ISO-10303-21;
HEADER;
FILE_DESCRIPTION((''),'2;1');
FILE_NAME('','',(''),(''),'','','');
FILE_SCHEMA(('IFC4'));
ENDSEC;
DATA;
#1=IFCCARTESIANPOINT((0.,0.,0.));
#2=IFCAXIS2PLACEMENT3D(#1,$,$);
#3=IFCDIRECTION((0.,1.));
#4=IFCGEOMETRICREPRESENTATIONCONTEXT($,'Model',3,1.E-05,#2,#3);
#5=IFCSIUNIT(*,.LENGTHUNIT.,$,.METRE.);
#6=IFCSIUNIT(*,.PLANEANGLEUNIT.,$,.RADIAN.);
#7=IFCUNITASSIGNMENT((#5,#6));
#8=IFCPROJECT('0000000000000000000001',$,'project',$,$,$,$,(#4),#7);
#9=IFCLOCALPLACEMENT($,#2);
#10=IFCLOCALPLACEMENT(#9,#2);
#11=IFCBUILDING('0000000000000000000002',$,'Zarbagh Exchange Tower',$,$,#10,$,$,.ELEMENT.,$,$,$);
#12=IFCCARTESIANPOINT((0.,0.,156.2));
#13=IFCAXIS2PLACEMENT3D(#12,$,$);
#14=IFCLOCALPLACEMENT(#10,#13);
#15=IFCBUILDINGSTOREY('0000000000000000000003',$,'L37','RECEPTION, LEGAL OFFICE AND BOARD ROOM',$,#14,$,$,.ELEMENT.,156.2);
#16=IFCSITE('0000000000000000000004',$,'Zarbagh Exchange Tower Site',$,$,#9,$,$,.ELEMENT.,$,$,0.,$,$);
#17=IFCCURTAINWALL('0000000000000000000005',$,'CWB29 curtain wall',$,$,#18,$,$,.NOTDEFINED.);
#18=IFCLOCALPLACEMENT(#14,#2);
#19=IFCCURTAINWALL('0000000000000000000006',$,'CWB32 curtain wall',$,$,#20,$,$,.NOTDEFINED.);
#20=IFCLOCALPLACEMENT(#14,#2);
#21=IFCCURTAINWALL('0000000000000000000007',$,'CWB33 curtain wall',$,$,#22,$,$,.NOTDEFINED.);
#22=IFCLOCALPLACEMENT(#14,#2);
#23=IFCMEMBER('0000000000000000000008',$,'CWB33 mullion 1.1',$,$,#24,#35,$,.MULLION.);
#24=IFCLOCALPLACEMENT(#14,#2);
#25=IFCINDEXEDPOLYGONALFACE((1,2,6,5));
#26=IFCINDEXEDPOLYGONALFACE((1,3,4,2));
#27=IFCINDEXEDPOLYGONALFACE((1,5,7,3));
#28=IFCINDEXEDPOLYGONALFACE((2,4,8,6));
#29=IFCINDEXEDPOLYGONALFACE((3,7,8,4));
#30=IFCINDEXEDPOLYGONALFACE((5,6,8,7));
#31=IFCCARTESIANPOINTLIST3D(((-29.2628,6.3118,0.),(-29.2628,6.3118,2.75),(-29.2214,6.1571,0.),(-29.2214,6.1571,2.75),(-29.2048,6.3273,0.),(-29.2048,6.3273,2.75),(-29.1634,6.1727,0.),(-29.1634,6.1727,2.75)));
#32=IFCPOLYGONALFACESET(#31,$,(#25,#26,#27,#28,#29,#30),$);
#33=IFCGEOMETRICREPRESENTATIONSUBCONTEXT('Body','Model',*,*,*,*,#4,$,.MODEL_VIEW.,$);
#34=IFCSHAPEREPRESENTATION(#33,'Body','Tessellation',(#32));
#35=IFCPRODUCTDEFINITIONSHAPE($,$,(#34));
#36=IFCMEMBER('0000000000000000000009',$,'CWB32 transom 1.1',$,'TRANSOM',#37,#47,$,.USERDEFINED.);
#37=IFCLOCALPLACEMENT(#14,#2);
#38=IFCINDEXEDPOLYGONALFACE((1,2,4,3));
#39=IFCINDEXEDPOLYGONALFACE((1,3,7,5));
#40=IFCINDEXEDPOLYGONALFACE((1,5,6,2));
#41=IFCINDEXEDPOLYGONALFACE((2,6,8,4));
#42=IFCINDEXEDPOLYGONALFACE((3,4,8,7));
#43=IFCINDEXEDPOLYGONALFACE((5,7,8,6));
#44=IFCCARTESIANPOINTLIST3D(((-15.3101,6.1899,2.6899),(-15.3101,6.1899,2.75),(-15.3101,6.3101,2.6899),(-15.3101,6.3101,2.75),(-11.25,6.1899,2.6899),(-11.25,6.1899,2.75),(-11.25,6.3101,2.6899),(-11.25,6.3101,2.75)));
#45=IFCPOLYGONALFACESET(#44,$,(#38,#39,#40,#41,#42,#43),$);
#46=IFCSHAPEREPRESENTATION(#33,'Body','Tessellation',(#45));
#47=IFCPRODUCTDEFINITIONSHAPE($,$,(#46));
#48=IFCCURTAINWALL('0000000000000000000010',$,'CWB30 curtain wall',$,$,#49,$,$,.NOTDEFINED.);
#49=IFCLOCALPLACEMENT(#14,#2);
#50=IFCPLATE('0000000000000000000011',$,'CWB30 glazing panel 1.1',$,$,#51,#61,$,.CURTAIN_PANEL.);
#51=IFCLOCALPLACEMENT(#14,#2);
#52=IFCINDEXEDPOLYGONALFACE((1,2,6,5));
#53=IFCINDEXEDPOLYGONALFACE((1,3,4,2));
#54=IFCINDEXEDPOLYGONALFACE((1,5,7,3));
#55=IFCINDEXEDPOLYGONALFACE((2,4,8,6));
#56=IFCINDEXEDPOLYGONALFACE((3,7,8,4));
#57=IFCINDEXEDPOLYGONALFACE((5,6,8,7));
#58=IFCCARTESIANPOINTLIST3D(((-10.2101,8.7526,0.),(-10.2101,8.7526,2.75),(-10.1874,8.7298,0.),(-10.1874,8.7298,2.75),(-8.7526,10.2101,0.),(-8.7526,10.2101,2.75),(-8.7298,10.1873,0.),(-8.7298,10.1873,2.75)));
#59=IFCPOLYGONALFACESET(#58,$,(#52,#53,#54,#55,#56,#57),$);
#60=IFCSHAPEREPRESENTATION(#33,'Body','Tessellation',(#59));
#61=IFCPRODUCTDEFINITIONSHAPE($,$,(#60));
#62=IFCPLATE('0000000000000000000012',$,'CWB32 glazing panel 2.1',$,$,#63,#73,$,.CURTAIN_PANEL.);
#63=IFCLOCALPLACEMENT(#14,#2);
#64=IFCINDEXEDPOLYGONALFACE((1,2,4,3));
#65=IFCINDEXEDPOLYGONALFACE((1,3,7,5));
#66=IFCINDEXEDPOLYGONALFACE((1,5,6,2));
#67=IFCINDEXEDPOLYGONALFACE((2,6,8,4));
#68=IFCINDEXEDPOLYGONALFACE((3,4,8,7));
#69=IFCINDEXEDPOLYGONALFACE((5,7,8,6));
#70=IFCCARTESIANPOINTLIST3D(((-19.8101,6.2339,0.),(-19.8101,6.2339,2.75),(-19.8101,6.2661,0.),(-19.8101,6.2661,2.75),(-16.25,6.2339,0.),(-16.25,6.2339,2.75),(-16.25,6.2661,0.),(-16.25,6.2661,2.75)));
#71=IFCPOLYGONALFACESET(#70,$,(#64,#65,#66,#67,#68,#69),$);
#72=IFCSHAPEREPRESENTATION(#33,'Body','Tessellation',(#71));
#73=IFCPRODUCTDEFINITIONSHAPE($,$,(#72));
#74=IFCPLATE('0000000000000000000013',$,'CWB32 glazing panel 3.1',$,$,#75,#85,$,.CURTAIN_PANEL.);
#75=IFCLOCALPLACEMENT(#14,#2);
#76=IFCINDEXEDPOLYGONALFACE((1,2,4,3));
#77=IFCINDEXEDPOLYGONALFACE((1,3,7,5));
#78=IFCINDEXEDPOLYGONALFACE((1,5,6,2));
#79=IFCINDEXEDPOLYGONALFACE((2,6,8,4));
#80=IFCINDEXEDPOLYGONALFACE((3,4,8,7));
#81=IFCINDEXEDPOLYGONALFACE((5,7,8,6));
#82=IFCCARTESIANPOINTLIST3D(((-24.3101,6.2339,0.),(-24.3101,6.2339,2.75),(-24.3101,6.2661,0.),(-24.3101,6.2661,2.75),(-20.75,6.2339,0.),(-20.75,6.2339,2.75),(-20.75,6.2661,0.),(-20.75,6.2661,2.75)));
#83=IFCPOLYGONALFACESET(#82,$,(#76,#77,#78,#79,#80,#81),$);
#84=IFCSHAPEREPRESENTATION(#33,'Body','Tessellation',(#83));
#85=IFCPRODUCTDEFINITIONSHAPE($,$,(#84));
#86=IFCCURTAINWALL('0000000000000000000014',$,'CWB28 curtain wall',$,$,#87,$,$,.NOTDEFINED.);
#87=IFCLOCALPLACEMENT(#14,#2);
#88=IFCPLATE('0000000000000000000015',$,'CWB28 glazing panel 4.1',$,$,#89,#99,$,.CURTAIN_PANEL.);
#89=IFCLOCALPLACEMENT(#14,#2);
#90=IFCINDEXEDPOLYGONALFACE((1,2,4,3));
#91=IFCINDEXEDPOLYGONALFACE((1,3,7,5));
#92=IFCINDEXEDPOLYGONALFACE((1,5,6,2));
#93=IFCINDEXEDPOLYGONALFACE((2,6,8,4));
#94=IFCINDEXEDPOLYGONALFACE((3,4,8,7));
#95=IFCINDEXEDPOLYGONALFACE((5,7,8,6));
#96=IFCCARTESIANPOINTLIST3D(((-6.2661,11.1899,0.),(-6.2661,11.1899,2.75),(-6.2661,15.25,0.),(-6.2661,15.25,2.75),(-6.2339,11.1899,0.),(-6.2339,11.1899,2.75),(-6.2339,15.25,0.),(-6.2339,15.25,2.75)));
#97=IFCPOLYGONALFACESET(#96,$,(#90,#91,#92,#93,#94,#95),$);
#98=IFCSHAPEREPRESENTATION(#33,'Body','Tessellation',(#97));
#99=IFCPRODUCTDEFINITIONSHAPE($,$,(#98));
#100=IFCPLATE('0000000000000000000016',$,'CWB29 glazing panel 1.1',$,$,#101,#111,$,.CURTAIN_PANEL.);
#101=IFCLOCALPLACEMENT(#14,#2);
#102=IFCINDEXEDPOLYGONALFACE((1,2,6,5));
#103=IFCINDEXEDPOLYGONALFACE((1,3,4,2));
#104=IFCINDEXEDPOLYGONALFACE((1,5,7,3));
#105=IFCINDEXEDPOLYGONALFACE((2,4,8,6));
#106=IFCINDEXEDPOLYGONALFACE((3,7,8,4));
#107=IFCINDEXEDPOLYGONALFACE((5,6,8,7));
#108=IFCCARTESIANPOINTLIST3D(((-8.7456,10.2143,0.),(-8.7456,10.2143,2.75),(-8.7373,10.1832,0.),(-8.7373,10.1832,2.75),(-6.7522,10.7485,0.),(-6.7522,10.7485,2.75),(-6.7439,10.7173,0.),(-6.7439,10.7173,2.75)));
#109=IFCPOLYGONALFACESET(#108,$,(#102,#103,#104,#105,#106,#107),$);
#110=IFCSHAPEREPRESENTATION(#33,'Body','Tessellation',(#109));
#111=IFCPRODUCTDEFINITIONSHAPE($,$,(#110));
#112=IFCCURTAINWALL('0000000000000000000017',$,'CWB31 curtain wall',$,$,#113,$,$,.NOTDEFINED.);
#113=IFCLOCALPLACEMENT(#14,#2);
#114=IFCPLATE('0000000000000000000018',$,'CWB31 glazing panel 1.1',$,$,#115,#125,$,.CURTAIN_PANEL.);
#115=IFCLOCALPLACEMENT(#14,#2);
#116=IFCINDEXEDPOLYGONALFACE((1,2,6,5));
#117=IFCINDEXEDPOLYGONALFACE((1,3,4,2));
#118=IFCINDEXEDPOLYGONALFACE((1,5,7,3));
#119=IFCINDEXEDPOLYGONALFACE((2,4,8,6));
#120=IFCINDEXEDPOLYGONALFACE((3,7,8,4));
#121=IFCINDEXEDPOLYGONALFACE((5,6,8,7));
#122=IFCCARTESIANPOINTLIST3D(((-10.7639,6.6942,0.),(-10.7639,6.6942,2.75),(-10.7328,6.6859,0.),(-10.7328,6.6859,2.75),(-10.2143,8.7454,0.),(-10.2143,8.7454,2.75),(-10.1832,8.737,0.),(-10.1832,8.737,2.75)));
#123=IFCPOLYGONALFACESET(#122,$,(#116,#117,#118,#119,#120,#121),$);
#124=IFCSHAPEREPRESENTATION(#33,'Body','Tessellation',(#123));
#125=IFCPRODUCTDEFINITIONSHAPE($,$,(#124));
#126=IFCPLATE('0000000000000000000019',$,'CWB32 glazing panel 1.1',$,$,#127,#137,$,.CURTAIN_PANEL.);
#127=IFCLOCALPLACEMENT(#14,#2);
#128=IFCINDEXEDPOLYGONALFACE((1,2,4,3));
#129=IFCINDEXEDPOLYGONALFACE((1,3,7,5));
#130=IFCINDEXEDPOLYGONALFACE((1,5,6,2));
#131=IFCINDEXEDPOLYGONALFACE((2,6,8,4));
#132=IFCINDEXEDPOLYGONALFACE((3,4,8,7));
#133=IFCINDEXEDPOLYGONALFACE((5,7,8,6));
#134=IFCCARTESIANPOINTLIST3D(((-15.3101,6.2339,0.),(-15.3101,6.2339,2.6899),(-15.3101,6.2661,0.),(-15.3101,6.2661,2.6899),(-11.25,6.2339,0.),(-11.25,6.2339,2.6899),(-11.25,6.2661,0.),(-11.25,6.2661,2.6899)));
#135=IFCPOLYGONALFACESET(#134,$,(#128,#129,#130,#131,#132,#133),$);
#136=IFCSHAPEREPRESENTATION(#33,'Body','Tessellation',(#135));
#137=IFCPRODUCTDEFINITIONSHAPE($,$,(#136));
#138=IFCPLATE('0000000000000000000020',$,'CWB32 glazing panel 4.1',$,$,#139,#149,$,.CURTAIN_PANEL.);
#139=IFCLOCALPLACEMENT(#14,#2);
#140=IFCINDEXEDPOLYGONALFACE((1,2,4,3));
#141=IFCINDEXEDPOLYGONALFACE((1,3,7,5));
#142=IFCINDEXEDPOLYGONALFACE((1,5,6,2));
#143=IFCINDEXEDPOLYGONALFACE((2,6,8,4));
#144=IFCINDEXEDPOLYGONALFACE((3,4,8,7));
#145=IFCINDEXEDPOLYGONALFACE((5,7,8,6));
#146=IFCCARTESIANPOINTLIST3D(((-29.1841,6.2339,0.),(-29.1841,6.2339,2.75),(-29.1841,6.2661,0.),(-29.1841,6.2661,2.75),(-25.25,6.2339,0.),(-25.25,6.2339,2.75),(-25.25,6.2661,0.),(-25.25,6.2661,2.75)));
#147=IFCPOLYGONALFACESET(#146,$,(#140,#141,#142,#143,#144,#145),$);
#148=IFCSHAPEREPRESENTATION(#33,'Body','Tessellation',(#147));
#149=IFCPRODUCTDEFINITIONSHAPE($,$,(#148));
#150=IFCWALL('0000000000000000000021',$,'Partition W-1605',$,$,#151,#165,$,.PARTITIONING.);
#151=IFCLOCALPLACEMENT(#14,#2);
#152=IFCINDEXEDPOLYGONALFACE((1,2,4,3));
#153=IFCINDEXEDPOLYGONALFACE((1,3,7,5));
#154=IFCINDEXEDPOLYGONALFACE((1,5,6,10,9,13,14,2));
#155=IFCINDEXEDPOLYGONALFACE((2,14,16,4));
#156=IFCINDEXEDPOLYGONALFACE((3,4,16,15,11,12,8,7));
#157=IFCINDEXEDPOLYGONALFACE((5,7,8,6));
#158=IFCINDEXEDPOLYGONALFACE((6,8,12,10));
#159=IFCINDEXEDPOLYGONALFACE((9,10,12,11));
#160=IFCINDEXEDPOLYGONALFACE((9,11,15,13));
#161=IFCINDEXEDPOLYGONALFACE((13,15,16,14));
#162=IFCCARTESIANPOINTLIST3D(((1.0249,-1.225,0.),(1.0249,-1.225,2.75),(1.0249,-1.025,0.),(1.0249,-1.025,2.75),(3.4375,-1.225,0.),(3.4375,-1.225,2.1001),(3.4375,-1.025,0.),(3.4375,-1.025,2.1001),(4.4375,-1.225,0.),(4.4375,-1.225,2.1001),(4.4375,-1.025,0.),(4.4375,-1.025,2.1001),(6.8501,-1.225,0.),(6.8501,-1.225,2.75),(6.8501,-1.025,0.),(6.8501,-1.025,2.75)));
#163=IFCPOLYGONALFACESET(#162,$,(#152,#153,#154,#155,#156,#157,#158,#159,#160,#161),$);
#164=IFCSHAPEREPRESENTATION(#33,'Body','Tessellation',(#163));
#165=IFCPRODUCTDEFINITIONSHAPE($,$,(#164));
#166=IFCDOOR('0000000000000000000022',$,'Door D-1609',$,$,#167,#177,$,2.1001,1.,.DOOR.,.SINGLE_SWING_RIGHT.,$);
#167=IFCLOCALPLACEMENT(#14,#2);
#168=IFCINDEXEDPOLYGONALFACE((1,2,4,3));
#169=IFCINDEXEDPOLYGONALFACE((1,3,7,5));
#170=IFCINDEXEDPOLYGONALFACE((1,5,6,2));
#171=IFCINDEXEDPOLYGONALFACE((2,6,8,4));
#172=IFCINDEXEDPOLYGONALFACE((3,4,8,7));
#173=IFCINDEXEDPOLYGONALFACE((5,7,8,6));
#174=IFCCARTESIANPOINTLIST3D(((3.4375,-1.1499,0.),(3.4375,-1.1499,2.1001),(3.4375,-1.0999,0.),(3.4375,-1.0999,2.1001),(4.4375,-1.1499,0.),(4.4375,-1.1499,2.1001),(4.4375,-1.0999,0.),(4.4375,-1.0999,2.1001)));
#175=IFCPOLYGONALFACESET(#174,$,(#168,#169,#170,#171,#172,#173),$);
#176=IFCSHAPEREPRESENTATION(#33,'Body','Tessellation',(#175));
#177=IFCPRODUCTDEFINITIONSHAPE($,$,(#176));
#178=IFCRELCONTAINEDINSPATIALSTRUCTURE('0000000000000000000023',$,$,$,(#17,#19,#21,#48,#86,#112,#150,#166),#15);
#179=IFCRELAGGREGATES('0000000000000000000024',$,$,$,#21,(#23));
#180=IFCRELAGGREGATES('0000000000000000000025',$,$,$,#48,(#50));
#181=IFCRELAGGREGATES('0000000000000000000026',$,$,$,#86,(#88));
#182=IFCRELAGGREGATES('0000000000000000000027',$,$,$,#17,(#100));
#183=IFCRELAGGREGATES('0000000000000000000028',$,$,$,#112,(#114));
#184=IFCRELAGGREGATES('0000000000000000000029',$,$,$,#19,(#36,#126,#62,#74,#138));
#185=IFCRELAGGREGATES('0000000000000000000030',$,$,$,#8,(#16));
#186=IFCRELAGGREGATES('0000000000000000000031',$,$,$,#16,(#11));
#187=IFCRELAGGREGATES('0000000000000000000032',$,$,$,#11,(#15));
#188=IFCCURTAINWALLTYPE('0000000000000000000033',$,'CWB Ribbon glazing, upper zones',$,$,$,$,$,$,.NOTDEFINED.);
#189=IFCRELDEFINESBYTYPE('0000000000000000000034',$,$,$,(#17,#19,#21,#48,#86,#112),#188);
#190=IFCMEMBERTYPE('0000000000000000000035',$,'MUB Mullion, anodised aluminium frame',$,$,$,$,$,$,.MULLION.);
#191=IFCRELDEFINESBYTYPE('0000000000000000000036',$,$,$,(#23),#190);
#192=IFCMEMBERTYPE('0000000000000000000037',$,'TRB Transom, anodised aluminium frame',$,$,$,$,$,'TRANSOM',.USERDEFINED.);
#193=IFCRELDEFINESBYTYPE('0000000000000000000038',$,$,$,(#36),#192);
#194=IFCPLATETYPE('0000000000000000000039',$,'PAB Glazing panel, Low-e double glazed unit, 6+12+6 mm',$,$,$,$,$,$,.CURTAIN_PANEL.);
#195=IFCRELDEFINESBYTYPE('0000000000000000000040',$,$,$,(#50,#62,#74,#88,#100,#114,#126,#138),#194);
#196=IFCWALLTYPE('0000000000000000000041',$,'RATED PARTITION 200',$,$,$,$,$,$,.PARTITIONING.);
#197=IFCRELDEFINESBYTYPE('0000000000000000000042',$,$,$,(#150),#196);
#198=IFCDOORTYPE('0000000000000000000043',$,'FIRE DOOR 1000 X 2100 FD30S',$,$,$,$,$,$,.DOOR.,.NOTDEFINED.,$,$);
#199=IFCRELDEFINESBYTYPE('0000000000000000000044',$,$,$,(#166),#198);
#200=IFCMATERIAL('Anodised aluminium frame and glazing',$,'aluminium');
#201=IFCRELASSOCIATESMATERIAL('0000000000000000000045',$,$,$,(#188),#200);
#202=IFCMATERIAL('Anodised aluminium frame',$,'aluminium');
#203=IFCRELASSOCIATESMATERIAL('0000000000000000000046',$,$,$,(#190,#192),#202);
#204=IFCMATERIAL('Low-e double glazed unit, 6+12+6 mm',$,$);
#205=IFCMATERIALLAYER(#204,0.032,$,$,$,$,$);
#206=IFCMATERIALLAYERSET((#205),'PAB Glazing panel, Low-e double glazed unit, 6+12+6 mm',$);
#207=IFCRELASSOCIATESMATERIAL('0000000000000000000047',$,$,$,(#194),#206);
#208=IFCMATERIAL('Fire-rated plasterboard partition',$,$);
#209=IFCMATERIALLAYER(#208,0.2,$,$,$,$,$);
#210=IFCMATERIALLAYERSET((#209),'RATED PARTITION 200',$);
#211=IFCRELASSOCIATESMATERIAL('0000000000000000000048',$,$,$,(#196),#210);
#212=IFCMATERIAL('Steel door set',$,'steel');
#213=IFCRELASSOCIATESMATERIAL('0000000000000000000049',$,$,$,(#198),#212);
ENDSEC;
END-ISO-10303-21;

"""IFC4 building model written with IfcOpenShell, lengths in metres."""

from ifc_helpers import new_model, si_unit, direction, frame, frame_2d, origin, place, context, subcontext, project, spatial, polyline, rectangle, outline, extrude, source, transform, mapped, material, layer, layer_set, type_object, element, fill, aggregate, save


model = new_model("IFC4")

# Units and contexts
model_context = context("Model", 3, precision=1e-05, world=origin(), true_north=direction((0.0, 1.0)))
body_context = subcontext(model_context, "Body", "Model", "MODEL_VIEW")
ifc_project = project(units=[si_unit("LENGTHUNIT", "METRE"), si_unit("PLANEANGLEUNIT", "RADIAN")], contexts=[model_context])

# Site, building, storey
site_placement = place(None, origin())
site = spatial("IfcSite", under=ifc_project, at=site_placement, Name="Zarbagh Exchange Tower Site", CompositionType="ELEMENT", RefElevation=0.0)
building_placement = place(site_placement, origin())
building = spatial("IfcBuilding", under=site, at=building_placement, Name="Zarbagh Exchange Tower", CompositionType="ELEMENT")
storey_placement = place(building_placement, frame((0.0, 0.0, 156.2)))
storey = spatial("IfcBuildingStorey", under=building, at=storey_placement, Name="L37", Description="RECEPTION, LEGAL OFFICE AND BOARD ROOM", CompositionType="ELEMENT", Elevation=156.2)

# Curtain wall
ifc_material_1 = material(Name="Anodised aluminium frame and glazing", Category="aluminium")
curtain_wall_type = type_object("IfcCurtainWallType", Name="CWB Ribbon glazing, upper zones", PredefinedType="NOTDEFINED", material=ifc_material_1)
curtain_wall_1_placement = place(storey_placement, origin())
curtain_wall_1 = element("IfcCurtainWall", 1, at=curtain_wall_1_placement, inside=storey, type_object=curtain_wall_type, Name="CWB29 curtain wall", PredefinedType="NOTDEFINED")
ifc_material_2 = material(Name="Anodised aluminium frame", Category="aluminium")
member_type_1 = type_object("IfcMemberType", Name="MUB Mullion, anodised aluminium frame", PredefinedType="MULLION", material=ifc_material_2)
shared_shape_1 = source(origin(), body_context, "Body", "SweptSolid", [
    extrude(outline(polyline([(0.0, -0.0801), (0.0601, -0.0801), (0.0601, 0.0801), (0.0, 0.0801), (0.0, -0.0801)])), origin(), (0.0, 0.0, 1.0), 2.75),
])
placement = place(storey_placement, origin())

# Curtain wall
curtain_wall_2_placement = place(storey_placement, origin())
curtain_wall_2 = element("IfcCurtainWall", 2, at=curtain_wall_2_placement, inside=storey, type_object=curtain_wall_type, Name="CWB32 curtain wall", PredefinedType="NOTDEFINED")

# Curtain wall, member
curtain_wall_3_placement = place(storey_placement, origin())
curtain_wall_3 = element("IfcCurtainWall", 3, at=curtain_wall_3_placement, inside=storey, type_object=curtain_wall_type, Name="CWB33 curtain wall", PredefinedType="NOTDEFINED")
member_1 = element("IfcMember", 4, at=placement, type_object=member_type_1, Name="CWB33 mullion 1.1", PredefinedType="MULLION", context=body_context, shape_type="MappedRepresentation", body=[
    mapped(shared_shape_1, transform((-29.1841, 6.25, 0.0), x_axis=(-0.965924, -0.258825, 0.0), y_axis=(0.258825, -0.965924, 0.0), z_axis=(0.0, 0.0, 1.0))),
])
aggregate(curtain_wall_3, [member_1])

# Member
member_type_2 = type_object("IfcMemberType", Name="TRB Transom, anodised aluminium frame", ElementType="TRANSOM", PredefinedType="USERDEFINED", material=ifc_material_2)
shared_shape_2 = source(origin(), body_context, "Body", "SweptSolid", [
    extrude(outline(polyline([(-0.0601, -0.0601), (0.0, -0.0601), (0.0, 0.0601), (-0.0601, 0.0601), (-0.0601, -0.0601)])), origin(), (0.0, 0.0, 1.0), 4.0601),
])
member_2 = element("IfcMember", 5, at=placement, type_object=member_type_2, Name="CWB32 transom 1.1", ObjectType="TRANSOM", PredefinedType="USERDEFINED", context=body_context, shape_type="MappedRepresentation", body=[
    mapped(shared_shape_2, transform((-11.25, 6.25, 2.75), x_axis=(0.0, 0.0, 1.0), y_axis=(0.0, 1.0, 0.0), z_axis=(-1.0, 0.0, 0.0))),
])

# Curtain wall, plate
curtain_wall_4_placement = place(storey_placement, origin())
curtain_wall_4 = element("IfcCurtainWall", 6, at=curtain_wall_4_placement, inside=storey, type_object=curtain_wall_type, Name="CWB30 curtain wall", PredefinedType="NOTDEFINED")
ifc_material_3 = material(Name="Low-e double glazed unit, 6+12+6 mm")
ifc_layer_1 = layer(ifc_material_3, 0.032)
ifc_layer_set_1 = layer_set([ifc_layer_1], Name="PAB Glazing panel, Low-e double glazed unit, 6+12+6 mm")
plate_type = type_object("IfcPlateType", Name="PAB Glazing panel, Low-e double glazed unit, 6+12+6 mm", PredefinedType="CURTAIN_PANEL", material=ifc_layer_set_1)
shared_shape_3 = source(origin(), body_context, "Body", "SweptSolid", [
    extrude(outline(polyline([(0.0, -0.0161), (2.0613, -0.0161), (2.0613, 0.0161), (0.0, 0.0161), (0.0, -0.0161)])), origin(), (0.0, 0.0, 1.0), 2.75),
])
plate_1 = element("IfcPlate", 7, at=placement, type_object=plate_type, Name="CWB30 glazing panel 1.1", PredefinedType="CURTAIN_PANEL", context=body_context, shape_type="MappedRepresentation", body=[
    mapped(shared_shape_3, transform((-8.7412, 10.1987, 0.0), x_axis=(-0.707107, -0.707107, 0.0), y_axis=(0.707107, -0.707107, 0.0), z_axis=(0.0, 0.0, 1.0))),
])
aggregate(curtain_wall_4, [plate_1])

# Plates
shared_shape_4 = source(origin(), body_context, "Body", "SweptSolid", [
    extrude(outline(polyline([(0.0, -0.0161), (3.5601, -0.0161), (3.5601, 0.0161), (0.0, 0.0161), (0.0, -0.0161)])), origin(), (0.0, 0.0, 1.0), 2.75),
])
plate_2 = element("IfcPlate", 8, at=placement, type_object=plate_type, Name="CWB32 glazing panel 2.1", PredefinedType="CURTAIN_PANEL", context=body_context, shape_type="MappedRepresentation", body=[
    mapped(shared_shape_4, transform((-16.25, 6.25, 0.0), x_axis=(-1.0, 0.0, 0.0), y_axis=(0.0, -1.0, 0.0), z_axis=(0.0, 0.0, 1.0))),
])
plate_3 = element("IfcPlate", 9, at=placement, type_object=plate_type, Name="CWB32 glazing panel 3.1", PredefinedType="CURTAIN_PANEL", context=body_context, shape_type="MappedRepresentation", body=[
    mapped(shared_shape_4, transform((-20.75, 6.25, 0.0), x_axis=(-1.0, 0.0, 0.0), y_axis=(0.0, -1.0, 0.0), z_axis=(0.0, 0.0, 1.0))),
])

# Curtain wall, plate
curtain_wall_5_placement = place(storey_placement, origin())
curtain_wall_5 = element("IfcCurtainWall", 10, at=curtain_wall_5_placement, inside=storey, type_object=curtain_wall_type, Name="CWB28 curtain wall", PredefinedType="NOTDEFINED")
shared_shape_5 = source(origin(), body_context, "Body", "SweptSolid", [
    extrude(outline(polyline([(0.0, -0.0161), (4.0601, -0.0161), (4.0601, 0.0161), (0.0, 0.0161), (0.0, -0.0161)])), origin(), (0.0, 0.0, 1.0), 2.75),
])
plate_4 = element("IfcPlate", 11, at=placement, type_object=plate_type, Name="CWB28 glazing panel 4.1", PredefinedType="CURTAIN_PANEL", context=body_context, shape_type="MappedRepresentation", body=[
    mapped(shared_shape_5, transform((-6.25, 15.25, 0.0), x_axis=(0.0, -1.0, 0.0), y_axis=(1.0, 0.0, 0.0), z_axis=(0.0, 0.0, 1.0))),
])
aggregate(curtain_wall_5, [plate_4])

# Plate
shared_shape_6 = source(origin(), body_context, "Body", "SweptSolid", [
    extrude(outline(polyline([(0.0, -0.0161), (2.0637, -0.0161), (2.0637, 0.0161), (0.0, 0.0161), (0.0, -0.0161)])), origin(), (0.0, 0.0, 1.0), 2.75),
])
plate_5 = element("IfcPlate", 12, at=placement, type_object=plate_type, Name="CWB29 glazing panel 1.1", PredefinedType="CURTAIN_PANEL", context=body_context, shape_type="MappedRepresentation", body=[
    mapped(shared_shape_6, transform((-6.748, 10.7329, 0.0), x_axis=(-0.965924, -0.258825, 0.0), y_axis=(0.258825, -0.965924, 0.0), z_axis=(0.0, 0.0, 1.0))),
])
aggregate(curtain_wall_1, [plate_5])

# Curtain wall, plate
curtain_wall_6_placement = place(storey_placement, origin())
curtain_wall_6 = element("IfcCurtainWall", 13, at=curtain_wall_6_placement, inside=storey, type_object=curtain_wall_type, Name="CWB31 curtain wall", PredefinedType="NOTDEFINED")
shared_shape_7 = source(origin(), body_context, "Body", "SweptSolid", [
    extrude(outline(polyline([(0.0, -0.0161), (2.1235, -0.0161), (2.1235, 0.0161), (0.0, 0.0161), (0.0, -0.0161)])), origin(), (0.0, 0.0, 1.0), 2.75),
])
plate_6 = element("IfcPlate", 14, at=placement, type_object=plate_type, Name="CWB31 glazing panel 1.1", PredefinedType="CURTAIN_PANEL", context=body_context, shape_type="MappedRepresentation", body=[
    mapped(shared_shape_7, transform((-10.1987, 8.7412, 0.0), x_axis=(-0.258825, -0.965924, 0.0), y_axis=(0.965924, -0.258825, 0.0), z_axis=(0.0, 0.0, 1.0))),
])
aggregate(curtain_wall_6, [plate_6])

# Plates
shared_shape_8 = source(origin(), body_context, "Body", "SweptSolid", [
    extrude(outline(polyline([(0.0, -0.0161), (4.0601, -0.0161), (4.0601, 0.0161), (0.0, 0.0161), (0.0, -0.0161)])), origin(), (0.0, 0.0, 1.0), 2.6899),
])
plate_7 = element("IfcPlate", 15, at=placement, type_object=plate_type, Name="CWB32 glazing panel 1.1", PredefinedType="CURTAIN_PANEL", context=body_context, shape_type="MappedRepresentation", body=[
    mapped(shared_shape_8, transform((-11.25, 6.25, 0.0), x_axis=(-1.0, 0.0, 0.0), y_axis=(0.0, -1.0, 0.0), z_axis=(0.0, 0.0, 1.0))),
])
shared_shape_9 = source(origin(), body_context, "Body", "SweptSolid", [
    extrude(outline(polyline([(0.0, -0.0161), (3.9341, -0.0161), (3.9341, 0.0161), (0.0, 0.0161), (0.0, -0.0161)])), origin(), (0.0, 0.0, 1.0), 2.75),
])
plate_8 = element("IfcPlate", 16, at=placement, type_object=plate_type, Name="CWB32 glazing panel 4.1", PredefinedType="CURTAIN_PANEL", context=body_context, shape_type="MappedRepresentation", body=[
    mapped(shared_shape_9, transform((-25.25, 6.25, 0.0), x_axis=(-1.0, 0.0, 0.0), y_axis=(0.0, -1.0, 0.0), z_axis=(0.0, 0.0, 1.0))),
])
aggregate(curtain_wall_2, [member_2, plate_7, plate_2, plate_3, plate_8])

# Wall, opening, door
ifc_material_4 = material(Name="Fire-rated plasterboard partition")
ifc_layer_2 = layer(ifc_material_4, 0.2)
ifc_layer_set_2 = layer_set([ifc_layer_2], Name="RATED PARTITION 200")
wall_type = type_object("IfcWallType", Name="RATED PARTITION 200", PredefinedType="PARTITIONING", material=ifc_layer_set_2)
wall_1_placement = place(storey_placement, frame((6.8501, -1.125, 0.0), z_axis=(0.0, 0.0, 1.0), x_axis=(-1.0, 0.0, 0.0)))
wall_1 = element("IfcWall", 17, at=wall_1_placement, inside=storey, type_object=wall_type, Name="Partition W-1605", PredefinedType="PARTITIONING", context=body_context, shape_type="SweptSolid", body=[
    extrude(rectangle(XDim=5.8252, YDim=0.2, at=frame_2d((2.9126, 0.0))), origin(), (0.0, 0.0, 1.0), 2.75),
])
opening_1_placement = place(wall_1_placement, frame((2.4126, 0.0, 0.0)))
opening_1 = element("IfcOpeningElement", 18, at=opening_1_placement, cuts=wall_1, PredefinedType="OPENING", context=body_context, shape_type="SweptSolid", body=[
    extrude(rectangle(XDim=1.0, YDim=2.1001, at=frame_2d((0.5, 1.05))), frame((0.0, 0.1099, 0.0), z_axis=(0.0, -1.0, 0.0), x_axis=(1.0, 0.0, 0.0)), (0.0, 0.0, 1.0), 0.22),
])
ifc_material_5 = material(Name="Steel door set", Category="steel")
door_type = type_object("IfcDoorType", Name="FIRE DOOR 1000 X 2100 FD30S", OperationType="NOTDEFINED", PredefinedType="DOOR", material=ifc_material_5)
door_1_placement = place(opening_1_placement, origin())
door_1 = element("IfcDoor", 19, at=door_1_placement, inside=storey, type_object=door_type, Name="Door D-1609", OperationType="SINGLE_SWING_RIGHT", OverallHeight=2.1001, OverallWidth=1.0, PredefinedType="DOOR", context=body_context, shape_type="SweptSolid", body=[
    extrude(rectangle(XDim=1.0, YDim=2.1001, at=frame_2d((0.5, 1.05))), frame((0.0, 0.0249, 0.0), z_axis=(0.0, -1.0, 0.0), x_axis=(1.0, 0.0, 0.0)), (0.0, 0.0, 1.0), 0.05),
])
fill(opening_1, door_1)

save(model, "model.ifc")
